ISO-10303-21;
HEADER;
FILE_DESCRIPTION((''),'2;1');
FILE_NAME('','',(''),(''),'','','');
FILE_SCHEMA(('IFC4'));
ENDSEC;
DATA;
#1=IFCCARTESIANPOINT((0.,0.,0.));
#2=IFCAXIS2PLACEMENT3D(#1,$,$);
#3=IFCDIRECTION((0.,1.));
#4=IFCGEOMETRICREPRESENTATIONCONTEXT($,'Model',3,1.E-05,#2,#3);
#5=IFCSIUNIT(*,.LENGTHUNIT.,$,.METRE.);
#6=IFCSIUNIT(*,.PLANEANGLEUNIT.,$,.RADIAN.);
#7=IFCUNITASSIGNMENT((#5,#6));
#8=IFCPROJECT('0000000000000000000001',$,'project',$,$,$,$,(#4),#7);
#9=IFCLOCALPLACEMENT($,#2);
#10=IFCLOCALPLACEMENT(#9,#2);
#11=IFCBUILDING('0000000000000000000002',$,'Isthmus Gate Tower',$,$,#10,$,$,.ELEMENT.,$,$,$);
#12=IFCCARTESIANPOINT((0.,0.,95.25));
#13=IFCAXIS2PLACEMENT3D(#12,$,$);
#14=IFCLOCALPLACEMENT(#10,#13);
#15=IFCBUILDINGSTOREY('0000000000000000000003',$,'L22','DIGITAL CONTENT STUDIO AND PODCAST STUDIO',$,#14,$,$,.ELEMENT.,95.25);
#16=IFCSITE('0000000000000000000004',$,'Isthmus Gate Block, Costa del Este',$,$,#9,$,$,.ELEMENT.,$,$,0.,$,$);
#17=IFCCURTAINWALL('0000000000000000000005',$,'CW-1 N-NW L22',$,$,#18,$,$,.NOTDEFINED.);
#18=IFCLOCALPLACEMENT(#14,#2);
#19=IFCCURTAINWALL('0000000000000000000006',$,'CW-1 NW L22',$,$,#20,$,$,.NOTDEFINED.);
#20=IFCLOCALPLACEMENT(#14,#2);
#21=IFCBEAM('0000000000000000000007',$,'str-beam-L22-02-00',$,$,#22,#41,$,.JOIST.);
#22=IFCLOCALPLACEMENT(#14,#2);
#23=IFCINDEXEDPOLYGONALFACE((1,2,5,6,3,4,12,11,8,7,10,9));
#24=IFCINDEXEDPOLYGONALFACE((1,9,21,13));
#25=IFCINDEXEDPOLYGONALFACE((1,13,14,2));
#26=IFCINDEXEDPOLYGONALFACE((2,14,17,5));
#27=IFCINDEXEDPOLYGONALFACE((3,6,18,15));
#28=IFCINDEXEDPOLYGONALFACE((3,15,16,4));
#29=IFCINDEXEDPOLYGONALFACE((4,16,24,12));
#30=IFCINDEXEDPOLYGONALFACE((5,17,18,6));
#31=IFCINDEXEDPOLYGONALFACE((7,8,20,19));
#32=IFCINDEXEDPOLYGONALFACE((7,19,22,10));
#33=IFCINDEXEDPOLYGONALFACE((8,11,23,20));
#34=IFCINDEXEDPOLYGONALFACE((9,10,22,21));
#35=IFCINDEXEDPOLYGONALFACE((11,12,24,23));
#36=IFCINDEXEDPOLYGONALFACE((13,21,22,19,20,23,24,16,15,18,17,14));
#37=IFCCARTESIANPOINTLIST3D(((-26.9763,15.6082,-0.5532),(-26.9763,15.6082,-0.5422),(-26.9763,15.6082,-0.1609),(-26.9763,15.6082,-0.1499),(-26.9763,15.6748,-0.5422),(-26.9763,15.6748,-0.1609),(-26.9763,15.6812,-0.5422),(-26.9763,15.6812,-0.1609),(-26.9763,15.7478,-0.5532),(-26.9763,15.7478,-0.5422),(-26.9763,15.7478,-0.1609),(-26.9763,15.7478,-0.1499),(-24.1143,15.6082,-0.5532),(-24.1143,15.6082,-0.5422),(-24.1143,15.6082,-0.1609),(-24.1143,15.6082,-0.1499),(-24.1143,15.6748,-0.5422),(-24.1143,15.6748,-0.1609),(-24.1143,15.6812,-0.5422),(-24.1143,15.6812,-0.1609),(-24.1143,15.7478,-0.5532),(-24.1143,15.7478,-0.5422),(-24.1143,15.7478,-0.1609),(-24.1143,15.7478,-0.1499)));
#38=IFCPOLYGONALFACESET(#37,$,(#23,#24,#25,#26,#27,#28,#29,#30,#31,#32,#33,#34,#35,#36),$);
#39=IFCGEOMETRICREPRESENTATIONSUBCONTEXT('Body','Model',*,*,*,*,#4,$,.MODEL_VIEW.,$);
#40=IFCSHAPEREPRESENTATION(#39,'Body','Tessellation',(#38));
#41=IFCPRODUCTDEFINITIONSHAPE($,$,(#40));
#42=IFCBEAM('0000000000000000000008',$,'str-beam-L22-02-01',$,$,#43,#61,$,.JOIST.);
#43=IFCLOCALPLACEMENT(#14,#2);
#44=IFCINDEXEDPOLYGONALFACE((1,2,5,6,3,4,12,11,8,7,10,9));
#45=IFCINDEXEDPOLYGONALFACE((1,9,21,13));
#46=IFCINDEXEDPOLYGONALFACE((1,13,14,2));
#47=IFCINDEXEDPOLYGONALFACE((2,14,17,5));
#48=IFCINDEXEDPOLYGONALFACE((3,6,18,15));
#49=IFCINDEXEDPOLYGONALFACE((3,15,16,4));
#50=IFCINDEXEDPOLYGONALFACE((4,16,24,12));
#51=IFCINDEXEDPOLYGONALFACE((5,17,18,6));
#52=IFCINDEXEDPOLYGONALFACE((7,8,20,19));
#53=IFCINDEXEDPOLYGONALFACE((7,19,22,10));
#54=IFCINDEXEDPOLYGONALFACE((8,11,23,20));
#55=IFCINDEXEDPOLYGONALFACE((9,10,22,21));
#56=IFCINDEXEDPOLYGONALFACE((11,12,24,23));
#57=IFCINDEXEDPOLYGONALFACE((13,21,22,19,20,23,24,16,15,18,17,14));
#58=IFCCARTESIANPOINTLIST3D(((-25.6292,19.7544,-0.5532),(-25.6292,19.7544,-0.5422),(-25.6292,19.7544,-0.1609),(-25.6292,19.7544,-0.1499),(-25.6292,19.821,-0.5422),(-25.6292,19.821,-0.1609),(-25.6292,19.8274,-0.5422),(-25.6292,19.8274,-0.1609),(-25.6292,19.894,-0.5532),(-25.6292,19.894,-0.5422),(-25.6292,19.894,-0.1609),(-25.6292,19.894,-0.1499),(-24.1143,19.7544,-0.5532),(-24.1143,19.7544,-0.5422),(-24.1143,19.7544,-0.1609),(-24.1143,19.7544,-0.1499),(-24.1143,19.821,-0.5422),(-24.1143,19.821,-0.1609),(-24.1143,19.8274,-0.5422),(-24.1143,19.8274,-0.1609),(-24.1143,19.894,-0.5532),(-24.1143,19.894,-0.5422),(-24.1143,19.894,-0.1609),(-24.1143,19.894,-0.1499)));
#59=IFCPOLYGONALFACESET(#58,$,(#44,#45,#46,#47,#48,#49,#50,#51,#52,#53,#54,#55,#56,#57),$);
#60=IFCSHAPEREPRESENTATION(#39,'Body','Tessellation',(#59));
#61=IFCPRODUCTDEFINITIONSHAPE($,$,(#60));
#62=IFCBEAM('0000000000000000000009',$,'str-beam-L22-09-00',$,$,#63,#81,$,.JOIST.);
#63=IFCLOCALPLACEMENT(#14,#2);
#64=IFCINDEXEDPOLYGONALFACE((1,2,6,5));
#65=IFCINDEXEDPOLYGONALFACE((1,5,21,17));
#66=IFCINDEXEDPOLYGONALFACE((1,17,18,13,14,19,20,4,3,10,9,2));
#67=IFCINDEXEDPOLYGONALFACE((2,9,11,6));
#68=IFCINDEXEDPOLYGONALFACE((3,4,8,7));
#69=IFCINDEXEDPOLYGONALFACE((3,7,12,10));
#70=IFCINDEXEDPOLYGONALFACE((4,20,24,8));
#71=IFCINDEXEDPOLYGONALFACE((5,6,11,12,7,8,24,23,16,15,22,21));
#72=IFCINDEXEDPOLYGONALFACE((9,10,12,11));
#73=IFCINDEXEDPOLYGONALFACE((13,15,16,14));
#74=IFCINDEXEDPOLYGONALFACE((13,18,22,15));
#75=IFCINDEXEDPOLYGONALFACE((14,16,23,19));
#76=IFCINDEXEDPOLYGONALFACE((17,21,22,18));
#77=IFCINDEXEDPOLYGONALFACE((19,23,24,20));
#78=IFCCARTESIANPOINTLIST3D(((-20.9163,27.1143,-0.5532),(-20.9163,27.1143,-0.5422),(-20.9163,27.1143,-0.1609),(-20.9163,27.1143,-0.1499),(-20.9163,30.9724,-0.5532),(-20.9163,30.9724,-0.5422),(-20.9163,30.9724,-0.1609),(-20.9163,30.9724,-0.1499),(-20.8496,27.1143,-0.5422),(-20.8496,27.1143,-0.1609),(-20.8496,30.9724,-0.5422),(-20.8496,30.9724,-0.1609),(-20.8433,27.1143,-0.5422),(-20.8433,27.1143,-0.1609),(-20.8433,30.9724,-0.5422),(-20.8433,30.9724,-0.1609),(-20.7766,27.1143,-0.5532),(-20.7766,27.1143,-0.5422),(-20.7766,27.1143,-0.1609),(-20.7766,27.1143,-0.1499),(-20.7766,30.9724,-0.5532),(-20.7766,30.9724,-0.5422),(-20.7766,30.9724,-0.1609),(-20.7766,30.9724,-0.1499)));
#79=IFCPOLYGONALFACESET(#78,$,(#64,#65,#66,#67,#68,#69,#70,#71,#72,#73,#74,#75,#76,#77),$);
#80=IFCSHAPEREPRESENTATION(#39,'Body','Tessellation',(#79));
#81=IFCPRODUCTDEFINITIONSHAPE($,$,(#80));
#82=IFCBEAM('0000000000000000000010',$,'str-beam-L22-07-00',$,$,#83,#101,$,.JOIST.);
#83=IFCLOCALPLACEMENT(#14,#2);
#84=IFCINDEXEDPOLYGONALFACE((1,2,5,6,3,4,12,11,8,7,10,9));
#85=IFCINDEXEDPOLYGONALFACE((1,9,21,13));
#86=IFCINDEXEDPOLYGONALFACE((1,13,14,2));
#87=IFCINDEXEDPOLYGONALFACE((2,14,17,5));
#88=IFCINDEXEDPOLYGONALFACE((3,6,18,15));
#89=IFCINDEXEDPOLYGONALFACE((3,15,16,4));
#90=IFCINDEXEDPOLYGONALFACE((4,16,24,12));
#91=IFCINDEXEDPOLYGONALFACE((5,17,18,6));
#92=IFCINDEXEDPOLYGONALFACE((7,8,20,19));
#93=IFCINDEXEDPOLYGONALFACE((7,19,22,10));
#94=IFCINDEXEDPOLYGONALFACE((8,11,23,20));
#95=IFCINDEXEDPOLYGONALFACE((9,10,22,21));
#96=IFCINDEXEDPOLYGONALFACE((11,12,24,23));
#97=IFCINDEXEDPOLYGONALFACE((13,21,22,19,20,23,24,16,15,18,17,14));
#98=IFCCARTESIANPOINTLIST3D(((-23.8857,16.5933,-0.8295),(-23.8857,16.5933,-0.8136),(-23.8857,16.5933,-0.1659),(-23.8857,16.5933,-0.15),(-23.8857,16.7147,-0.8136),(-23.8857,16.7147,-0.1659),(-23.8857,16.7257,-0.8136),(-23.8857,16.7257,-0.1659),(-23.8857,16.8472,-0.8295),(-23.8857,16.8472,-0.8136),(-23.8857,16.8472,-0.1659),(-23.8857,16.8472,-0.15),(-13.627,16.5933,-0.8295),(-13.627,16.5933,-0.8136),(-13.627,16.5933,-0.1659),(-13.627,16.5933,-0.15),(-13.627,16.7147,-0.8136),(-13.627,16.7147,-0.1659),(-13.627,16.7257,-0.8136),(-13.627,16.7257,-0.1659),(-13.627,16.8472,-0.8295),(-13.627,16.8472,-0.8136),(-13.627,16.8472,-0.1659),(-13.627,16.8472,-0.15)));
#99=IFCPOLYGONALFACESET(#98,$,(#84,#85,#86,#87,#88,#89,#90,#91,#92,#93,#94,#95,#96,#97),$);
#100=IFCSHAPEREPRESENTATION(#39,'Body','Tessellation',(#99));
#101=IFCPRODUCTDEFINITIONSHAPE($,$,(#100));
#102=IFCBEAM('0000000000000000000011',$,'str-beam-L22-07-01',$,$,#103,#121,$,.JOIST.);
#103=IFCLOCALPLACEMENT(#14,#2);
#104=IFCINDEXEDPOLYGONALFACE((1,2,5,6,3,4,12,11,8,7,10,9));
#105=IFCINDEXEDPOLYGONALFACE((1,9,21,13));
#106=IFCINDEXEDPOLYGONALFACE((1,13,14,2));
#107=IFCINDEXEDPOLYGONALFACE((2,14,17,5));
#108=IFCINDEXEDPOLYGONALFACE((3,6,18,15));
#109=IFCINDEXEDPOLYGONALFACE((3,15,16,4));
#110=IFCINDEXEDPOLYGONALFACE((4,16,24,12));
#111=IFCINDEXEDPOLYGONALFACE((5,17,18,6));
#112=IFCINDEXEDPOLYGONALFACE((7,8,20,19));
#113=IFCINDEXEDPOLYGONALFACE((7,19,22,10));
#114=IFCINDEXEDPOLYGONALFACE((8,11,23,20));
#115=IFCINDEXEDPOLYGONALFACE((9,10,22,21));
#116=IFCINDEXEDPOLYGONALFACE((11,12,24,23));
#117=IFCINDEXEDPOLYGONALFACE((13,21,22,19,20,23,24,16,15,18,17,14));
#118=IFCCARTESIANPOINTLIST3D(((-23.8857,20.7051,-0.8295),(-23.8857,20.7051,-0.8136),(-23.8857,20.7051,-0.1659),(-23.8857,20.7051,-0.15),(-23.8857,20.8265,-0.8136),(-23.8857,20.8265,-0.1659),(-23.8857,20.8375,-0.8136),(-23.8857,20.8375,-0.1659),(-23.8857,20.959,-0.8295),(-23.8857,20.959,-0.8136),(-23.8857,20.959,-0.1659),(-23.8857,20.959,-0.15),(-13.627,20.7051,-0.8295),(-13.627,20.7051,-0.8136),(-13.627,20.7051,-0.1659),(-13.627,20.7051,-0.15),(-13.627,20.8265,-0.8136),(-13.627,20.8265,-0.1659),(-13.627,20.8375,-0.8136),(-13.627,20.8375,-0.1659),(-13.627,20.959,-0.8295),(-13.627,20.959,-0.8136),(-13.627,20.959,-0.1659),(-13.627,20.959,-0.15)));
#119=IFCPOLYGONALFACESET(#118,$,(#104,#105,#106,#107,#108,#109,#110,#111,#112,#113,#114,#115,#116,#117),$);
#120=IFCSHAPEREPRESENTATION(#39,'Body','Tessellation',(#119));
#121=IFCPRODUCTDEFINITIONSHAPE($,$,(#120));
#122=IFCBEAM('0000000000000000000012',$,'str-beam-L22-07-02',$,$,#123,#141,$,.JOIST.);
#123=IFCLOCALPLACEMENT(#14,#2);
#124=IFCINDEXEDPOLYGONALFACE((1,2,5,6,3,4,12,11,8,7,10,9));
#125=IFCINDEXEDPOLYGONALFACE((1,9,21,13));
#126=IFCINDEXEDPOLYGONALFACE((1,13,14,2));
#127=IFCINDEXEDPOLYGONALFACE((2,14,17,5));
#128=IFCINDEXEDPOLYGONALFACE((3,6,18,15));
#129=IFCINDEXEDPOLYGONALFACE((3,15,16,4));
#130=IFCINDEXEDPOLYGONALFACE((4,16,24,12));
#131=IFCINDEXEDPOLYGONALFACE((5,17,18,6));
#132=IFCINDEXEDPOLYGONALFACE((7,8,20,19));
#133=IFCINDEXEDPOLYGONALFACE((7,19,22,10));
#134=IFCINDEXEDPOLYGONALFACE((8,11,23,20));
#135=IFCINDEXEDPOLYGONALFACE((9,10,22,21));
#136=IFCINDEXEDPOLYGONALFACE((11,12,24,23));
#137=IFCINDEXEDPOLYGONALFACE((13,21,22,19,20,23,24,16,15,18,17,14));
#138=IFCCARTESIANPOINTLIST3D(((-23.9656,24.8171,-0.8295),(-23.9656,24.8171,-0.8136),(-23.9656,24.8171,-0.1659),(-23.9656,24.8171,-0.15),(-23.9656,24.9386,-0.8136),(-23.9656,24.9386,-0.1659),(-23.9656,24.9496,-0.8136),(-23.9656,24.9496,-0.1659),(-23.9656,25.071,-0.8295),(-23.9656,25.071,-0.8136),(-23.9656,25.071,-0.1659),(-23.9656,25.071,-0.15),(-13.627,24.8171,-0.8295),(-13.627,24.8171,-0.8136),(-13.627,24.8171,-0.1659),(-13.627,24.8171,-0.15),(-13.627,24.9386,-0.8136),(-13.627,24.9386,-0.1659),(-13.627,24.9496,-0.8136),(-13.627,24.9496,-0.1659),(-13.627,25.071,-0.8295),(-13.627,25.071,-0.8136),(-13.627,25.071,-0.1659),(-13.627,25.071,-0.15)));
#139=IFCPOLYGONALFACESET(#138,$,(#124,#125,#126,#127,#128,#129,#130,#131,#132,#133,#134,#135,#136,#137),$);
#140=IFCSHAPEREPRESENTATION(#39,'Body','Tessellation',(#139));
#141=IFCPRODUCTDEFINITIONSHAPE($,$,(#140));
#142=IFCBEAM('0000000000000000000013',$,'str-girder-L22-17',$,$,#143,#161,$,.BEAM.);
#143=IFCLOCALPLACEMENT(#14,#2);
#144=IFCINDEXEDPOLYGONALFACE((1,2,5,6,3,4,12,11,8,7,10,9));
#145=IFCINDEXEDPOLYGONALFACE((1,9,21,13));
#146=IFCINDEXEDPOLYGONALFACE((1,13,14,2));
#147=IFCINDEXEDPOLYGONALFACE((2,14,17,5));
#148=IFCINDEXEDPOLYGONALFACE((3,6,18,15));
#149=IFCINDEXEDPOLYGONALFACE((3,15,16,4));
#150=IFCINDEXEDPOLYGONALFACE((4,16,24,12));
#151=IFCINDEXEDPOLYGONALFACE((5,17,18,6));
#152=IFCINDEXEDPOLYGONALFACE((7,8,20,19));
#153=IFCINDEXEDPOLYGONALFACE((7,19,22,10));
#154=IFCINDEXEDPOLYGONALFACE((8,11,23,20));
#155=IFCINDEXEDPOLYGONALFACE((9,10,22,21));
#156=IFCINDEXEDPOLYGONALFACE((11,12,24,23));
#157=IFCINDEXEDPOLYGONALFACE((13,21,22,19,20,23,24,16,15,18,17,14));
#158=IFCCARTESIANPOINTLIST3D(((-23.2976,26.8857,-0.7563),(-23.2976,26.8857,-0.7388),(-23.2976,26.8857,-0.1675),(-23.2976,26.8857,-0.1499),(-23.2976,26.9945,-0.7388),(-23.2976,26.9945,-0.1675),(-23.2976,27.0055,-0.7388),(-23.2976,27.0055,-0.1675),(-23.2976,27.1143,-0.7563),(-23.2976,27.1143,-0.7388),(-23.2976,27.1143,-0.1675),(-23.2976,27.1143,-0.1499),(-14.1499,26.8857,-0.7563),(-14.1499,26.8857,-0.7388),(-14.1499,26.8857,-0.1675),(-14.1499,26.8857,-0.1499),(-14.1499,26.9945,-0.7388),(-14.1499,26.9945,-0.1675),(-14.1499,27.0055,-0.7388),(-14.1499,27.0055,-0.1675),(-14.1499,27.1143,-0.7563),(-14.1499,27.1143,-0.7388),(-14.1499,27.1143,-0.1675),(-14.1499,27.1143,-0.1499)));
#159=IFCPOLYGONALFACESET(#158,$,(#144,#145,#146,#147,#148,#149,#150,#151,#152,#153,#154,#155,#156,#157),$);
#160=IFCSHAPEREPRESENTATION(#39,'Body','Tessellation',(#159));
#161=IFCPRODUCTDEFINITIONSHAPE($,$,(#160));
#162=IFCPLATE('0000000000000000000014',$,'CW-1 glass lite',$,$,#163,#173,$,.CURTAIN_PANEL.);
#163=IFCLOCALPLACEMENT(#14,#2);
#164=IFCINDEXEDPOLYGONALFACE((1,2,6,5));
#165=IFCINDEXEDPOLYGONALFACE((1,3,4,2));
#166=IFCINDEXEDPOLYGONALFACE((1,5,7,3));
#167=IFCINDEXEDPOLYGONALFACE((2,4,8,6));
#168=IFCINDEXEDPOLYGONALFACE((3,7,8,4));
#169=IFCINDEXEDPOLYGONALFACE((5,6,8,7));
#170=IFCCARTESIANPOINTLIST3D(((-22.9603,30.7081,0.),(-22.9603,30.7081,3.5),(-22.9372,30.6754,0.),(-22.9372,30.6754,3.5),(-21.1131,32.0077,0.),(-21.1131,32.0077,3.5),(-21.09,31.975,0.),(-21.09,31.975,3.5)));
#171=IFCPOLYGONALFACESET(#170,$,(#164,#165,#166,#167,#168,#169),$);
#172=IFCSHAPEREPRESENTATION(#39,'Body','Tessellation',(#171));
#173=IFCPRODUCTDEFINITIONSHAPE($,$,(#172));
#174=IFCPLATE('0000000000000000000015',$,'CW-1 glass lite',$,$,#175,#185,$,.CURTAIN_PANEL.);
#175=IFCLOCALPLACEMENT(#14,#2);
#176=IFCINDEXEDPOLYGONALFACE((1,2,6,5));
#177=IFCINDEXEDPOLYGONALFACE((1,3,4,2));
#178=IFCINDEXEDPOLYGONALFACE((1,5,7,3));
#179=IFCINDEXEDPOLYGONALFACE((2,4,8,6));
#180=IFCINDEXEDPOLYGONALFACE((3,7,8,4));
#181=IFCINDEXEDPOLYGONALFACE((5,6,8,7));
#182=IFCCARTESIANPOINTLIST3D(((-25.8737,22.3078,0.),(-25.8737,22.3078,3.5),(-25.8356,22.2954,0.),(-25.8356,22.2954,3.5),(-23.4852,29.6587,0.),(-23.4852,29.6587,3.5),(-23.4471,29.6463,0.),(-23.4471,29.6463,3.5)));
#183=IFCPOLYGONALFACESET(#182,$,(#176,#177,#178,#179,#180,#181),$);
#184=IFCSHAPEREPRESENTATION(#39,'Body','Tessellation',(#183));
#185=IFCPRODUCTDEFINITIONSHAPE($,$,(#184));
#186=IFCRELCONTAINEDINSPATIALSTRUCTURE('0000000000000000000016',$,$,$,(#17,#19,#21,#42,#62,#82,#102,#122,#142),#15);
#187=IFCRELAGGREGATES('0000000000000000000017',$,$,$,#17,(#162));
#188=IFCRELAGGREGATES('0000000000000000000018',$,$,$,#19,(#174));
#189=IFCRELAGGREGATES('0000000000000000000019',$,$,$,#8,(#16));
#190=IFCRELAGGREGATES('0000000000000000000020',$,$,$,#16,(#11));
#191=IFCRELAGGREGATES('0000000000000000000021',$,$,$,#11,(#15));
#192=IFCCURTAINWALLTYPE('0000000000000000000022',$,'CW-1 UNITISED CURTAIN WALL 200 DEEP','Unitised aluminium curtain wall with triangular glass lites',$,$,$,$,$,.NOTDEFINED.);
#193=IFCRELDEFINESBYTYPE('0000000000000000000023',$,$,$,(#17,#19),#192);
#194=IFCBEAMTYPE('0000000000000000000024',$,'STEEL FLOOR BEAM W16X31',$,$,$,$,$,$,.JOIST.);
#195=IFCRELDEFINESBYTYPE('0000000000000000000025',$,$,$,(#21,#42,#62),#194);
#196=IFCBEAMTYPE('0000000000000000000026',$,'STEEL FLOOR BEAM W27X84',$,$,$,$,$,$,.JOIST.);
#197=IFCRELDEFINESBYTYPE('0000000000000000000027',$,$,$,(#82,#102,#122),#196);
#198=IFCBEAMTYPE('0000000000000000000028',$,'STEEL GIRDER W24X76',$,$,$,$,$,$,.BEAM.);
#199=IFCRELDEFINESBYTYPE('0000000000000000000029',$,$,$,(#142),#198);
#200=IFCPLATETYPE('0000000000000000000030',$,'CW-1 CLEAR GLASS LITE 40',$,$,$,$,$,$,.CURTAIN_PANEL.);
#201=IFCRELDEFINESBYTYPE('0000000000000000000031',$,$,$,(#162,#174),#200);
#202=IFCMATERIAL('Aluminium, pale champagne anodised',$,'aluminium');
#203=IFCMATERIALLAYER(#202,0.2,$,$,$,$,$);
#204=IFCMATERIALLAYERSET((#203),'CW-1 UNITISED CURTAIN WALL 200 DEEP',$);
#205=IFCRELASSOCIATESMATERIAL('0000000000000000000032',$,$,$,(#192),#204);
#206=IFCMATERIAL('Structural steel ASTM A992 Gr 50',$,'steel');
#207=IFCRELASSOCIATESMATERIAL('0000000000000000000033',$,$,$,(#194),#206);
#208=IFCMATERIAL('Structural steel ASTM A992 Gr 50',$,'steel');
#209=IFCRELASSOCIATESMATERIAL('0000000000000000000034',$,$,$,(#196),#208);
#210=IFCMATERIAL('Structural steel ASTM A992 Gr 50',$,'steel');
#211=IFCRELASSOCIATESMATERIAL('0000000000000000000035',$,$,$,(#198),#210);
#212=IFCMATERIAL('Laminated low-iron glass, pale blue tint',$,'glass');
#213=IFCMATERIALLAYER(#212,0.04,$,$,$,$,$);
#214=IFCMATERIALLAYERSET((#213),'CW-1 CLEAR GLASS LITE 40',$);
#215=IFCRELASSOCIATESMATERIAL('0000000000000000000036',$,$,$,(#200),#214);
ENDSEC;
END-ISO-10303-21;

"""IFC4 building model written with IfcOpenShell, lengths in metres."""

from ifc_helpers import new_model, si_unit, direction, frame, origin, origin_2d, place, context, subcontext, project, spatial, rectangle, i_section, extrude, material, layer, layer_set, material_profile, profile_set, type_object, element, aggregate, save


model = new_model("IFC4")

# Units and contexts
model_context = context("Model", 3, precision=1e-05, world=origin(), true_north=direction((0.0, 1.0)))
body_context = subcontext(model_context, "Body", "Model", "MODEL_VIEW")
ifc_project = project(units=[si_unit("LENGTHUNIT", "METRE"), si_unit("PLANEANGLEUNIT", "RADIAN")], contexts=[model_context])

# Site, building, storey
site_placement = place(None, origin())
site = spatial("IfcSite", under=ifc_project, at=site_placement, Name="Isthmus Gate Block, Costa del Este", CompositionType="ELEMENT", RefElevation=0.0)
building_placement = place(site_placement, origin())
building = spatial("IfcBuilding", under=site, at=building_placement, Name="Isthmus Gate Tower", CompositionType="ELEMENT")
storey_placement = place(building_placement, frame((0.0, 0.0, 95.25)))
storey = spatial("IfcBuildingStorey", under=building, at=storey_placement, Name="L22", Description="DIGITAL CONTENT STUDIO AND PODCAST STUDIO", CompositionType="ELEMENT", Elevation=95.25)

# Curtain wall
ifc_material_1 = material(Name="Aluminium, pale champagne anodised", Category="aluminium")
ifc_layer_1 = layer(ifc_material_1, 0.2)
ifc_layer_set_1 = layer_set([ifc_layer_1], Name="CW-1 UNITISED CURTAIN WALL 200 DEEP")
curtain_wall_type = type_object("IfcCurtainWallType", Name="CW-1 UNITISED CURTAIN WALL 200 DEEP", Description="Unitised aluminium curtain wall with triangular glass lites", PredefinedType="NOTDEFINED", material=ifc_layer_set_1)
curtain_wall_1_placement = place(storey_placement, origin())
curtain_wall_1 = element("IfcCurtainWall", 1, at=curtain_wall_1_placement, inside=storey, type_object=curtain_wall_type, Name="CW-1 N-NW L22", PredefinedType="NOTDEFINED")

# Curtain wall
curtain_wall_2_placement = place(storey_placement, origin())
curtain_wall_2 = element("IfcCurtainWall", 2, at=curtain_wall_2_placement, inside=storey, type_object=curtain_wall_type, Name="CW-1 NW L22", PredefinedType="NOTDEFINED")

# Beams
ifc_material_2 = material(Name="Structural steel ASTM A992 Gr 50", Category="steel")
ifc_material_profile_1 = material_profile(ifc_material_2, i_section(OverallWidth=0.1396, OverallDepth=0.4033, WebThickness=0.0063, FlangeThickness=0.011, at=origin_2d()), Name="W16X31")
ifc_profile_set_1 = profile_set([ifc_material_profile_1], Name="Structural steel ASTM A992 Gr 50")
beam_type_1 = type_object("IfcBeamType", Name="STEEL FLOOR BEAM W16X31", PredefinedType="JOIST", material=ifc_profile_set_1)
beam_1_placement = place(storey_placement, frame((-26.9763, 15.678, -0.3516), z_axis=(1.0, 0.0, 0.0), x_axis=(0.0, 1.0, 0.0)))
element("IfcBeam", 3, at=beam_1_placement, inside=storey, type_object=beam_type_1, Name="str-beam-L22-02-00", PredefinedType="JOIST", context=body_context, shape_type="SweptSolid", body=[
    extrude(i_section(OverallWidth=0.1396, OverallDepth=0.4033, WebThickness=0.0063, FlangeThickness=0.011, at=origin_2d()), origin(), (0.0, 0.0, 1.0), 2.8621),
])
beam_2_placement = place(storey_placement, frame((-25.6292, 19.8242, -0.3516), z_axis=(1.0, 0.0, 0.0), x_axis=(0.0, 1.0, 0.0)))
element("IfcBeam", 4, at=beam_2_placement, inside=storey, type_object=beam_type_1, Name="str-beam-L22-02-01", PredefinedType="JOIST", context=body_context, shape_type="SweptSolid", body=[
    extrude(i_section(OverallWidth=0.1396, OverallDepth=0.4033, WebThickness=0.0063, FlangeThickness=0.011, at=origin_2d()), origin(), (0.0, 0.0, 1.0), 1.5149),
])
beam_3_placement = place(storey_placement, frame((-20.8464, 27.1143, -0.3516), z_axis=(0.0, 1.0, 0.0), x_axis=(-1.0, 0.0, 0.0)))
element("IfcBeam", 5, at=beam_3_placement, inside=storey, type_object=beam_type_1, Name="str-beam-L22-09-00", PredefinedType="JOIST", context=body_context, shape_type="SweptSolid", body=[
    extrude(i_section(OverallWidth=0.1396, OverallDepth=0.4033, WebThickness=0.0063, FlangeThickness=0.011, at=origin_2d()), origin(), (0.0, 0.0, 1.0), 3.8582),
])
ifc_material_3 = material(Name="Structural steel ASTM A992 Gr 50", Category="steel")
ifc_material_profile_2 = material_profile(ifc_material_3, i_section(OverallWidth=0.2539, OverallDepth=0.6794, WebThickness=0.011, FlangeThickness=0.0159, at=origin_2d()), Name="W27X84")
ifc_profile_set_2 = profile_set([ifc_material_profile_2], Name="Structural steel ASTM A992 Gr 50")
beam_type_2 = type_object("IfcBeamType", Name="STEEL FLOOR BEAM W27X84", PredefinedType="JOIST", material=ifc_profile_set_2)
for number, where, z_axis, x_axis, name in (
    (6, (-23.8857, 16.7202, -0.4897), (1.0, 0.0, 0.0), (0.0, 1.0, 0.0), "str-beam-L22-07-00"),
    (7, (-23.8857, 20.832, -0.4897), (1.0, 0.0, 0.0), (0.0, 1.0, 0.0), "str-beam-L22-07-01"),
):
    element("IfcBeam", number, at=place(storey_placement, frame(where, z_axis=z_axis, x_axis=x_axis)), inside=storey, type_object=beam_type_2, Name=name, PredefinedType="JOIST", context=body_context, shape_type="SweptSolid", body=[
        extrude(i_section(OverallWidth=0.2539, OverallDepth=0.6794, WebThickness=0.011, FlangeThickness=0.0159, at=origin_2d()), origin(), (0.0, 0.0, 1.0), 10.2588),
    ])
beam_4_placement = place(storey_placement, frame((-23.9656, 24.9441, -0.4897), z_axis=(1.0, 0.0, 0.0), x_axis=(0.0, 1.0, 0.0)))
element("IfcBeam", 8, at=beam_4_placement, inside=storey, type_object=beam_type_2, Name="str-beam-L22-07-02", PredefinedType="JOIST", context=body_context, shape_type="SweptSolid", body=[
    extrude(i_section(OverallWidth=0.2539, OverallDepth=0.6794, WebThickness=0.011, FlangeThickness=0.0159, at=origin_2d()), origin(), (0.0, 0.0, 1.0), 10.3386),
])
ifc_material_4 = material(Name="Structural steel ASTM A992 Gr 50", Category="steel")
ifc_material_profile_3 = material_profile(ifc_material_4, i_section(OverallWidth=0.2285, OverallDepth=0.6064, WebThickness=0.011, FlangeThickness=0.0176, at=origin_2d()), Name="W24X76")
ifc_profile_set_3 = profile_set([ifc_material_profile_3], Name="Structural steel ASTM A992 Gr 50")
beam_type_3 = type_object("IfcBeamType", Name="STEEL GIRDER W24X76", PredefinedType="BEAM", material=ifc_profile_set_3)
beam_5_placement = place(storey_placement, frame((-23.2976, 27.0, -0.4531), z_axis=(1.0, 0.0, 0.0), x_axis=(0.0, 1.0, 0.0)))
element("IfcBeam", 9, at=beam_5_placement, inside=storey, type_object=beam_type_3, Name="str-girder-L22-17", PredefinedType="BEAM", context=body_context, shape_type="SweptSolid", body=[
    extrude(i_section(OverallWidth=0.2285, OverallDepth=0.6064, WebThickness=0.011, FlangeThickness=0.0176, at=origin_2d()), origin(), (0.0, 0.0, 1.0), 9.1477),
])

# Plates
ifc_material_5 = material(Name="Laminated low-iron glass, pale blue tint", Category="glass")
ifc_layer_2 = layer(ifc_material_5, 0.04)
ifc_layer_set_2 = layer_set([ifc_layer_2], Name="CW-1 CLEAR GLASS LITE 40")
plate_type = type_object("IfcPlateType", Name="CW-1 CLEAR GLASS LITE 40", PredefinedType="CURTAIN_PANEL", material=ifc_layer_set_2)
plate_1_placement = place(storey_placement, frame((-22.0251, 31.3416, 0.0), z_axis=(0.0, 0.0, 1.0), x_axis=(-0.81786, -0.575418, 0.0)))
plate_1 = element("IfcPlate", 10, at=plate_1_placement, type_object=plate_type, Name="CW-1 glass lite", PredefinedType="CURTAIN_PANEL", context=body_context, shape_type="SweptSolid", body=[
    extrude(rectangle(XDim=2.2585, YDim=0.04, at=origin_2d()), origin(), (0.0, 0.0, 1.0), 3.5),
])
aggregate(curtain_wall_1, [plate_1])
plate_2_placement = place(storey_placement, frame((-24.6604, 25.9771, 0.0), z_axis=(0.0, 0.0, 1.0), x_axis=(-0.309017, -0.951057, 0.0)))
plate_2 = element("IfcPlate", 11, at=plate_2_placement, type_object=plate_type, Name="CW-1 glass lite", PredefinedType="CURTAIN_PANEL", context=body_context, shape_type="SweptSolid", body=[
    extrude(rectangle(XDim=7.7292, YDim=0.04, at=origin_2d()), origin(), (0.0, 0.0, 1.0), 3.5),
])

aggregate(curtain_wall_2, [plate_2])

save(model, "model.ifc")
